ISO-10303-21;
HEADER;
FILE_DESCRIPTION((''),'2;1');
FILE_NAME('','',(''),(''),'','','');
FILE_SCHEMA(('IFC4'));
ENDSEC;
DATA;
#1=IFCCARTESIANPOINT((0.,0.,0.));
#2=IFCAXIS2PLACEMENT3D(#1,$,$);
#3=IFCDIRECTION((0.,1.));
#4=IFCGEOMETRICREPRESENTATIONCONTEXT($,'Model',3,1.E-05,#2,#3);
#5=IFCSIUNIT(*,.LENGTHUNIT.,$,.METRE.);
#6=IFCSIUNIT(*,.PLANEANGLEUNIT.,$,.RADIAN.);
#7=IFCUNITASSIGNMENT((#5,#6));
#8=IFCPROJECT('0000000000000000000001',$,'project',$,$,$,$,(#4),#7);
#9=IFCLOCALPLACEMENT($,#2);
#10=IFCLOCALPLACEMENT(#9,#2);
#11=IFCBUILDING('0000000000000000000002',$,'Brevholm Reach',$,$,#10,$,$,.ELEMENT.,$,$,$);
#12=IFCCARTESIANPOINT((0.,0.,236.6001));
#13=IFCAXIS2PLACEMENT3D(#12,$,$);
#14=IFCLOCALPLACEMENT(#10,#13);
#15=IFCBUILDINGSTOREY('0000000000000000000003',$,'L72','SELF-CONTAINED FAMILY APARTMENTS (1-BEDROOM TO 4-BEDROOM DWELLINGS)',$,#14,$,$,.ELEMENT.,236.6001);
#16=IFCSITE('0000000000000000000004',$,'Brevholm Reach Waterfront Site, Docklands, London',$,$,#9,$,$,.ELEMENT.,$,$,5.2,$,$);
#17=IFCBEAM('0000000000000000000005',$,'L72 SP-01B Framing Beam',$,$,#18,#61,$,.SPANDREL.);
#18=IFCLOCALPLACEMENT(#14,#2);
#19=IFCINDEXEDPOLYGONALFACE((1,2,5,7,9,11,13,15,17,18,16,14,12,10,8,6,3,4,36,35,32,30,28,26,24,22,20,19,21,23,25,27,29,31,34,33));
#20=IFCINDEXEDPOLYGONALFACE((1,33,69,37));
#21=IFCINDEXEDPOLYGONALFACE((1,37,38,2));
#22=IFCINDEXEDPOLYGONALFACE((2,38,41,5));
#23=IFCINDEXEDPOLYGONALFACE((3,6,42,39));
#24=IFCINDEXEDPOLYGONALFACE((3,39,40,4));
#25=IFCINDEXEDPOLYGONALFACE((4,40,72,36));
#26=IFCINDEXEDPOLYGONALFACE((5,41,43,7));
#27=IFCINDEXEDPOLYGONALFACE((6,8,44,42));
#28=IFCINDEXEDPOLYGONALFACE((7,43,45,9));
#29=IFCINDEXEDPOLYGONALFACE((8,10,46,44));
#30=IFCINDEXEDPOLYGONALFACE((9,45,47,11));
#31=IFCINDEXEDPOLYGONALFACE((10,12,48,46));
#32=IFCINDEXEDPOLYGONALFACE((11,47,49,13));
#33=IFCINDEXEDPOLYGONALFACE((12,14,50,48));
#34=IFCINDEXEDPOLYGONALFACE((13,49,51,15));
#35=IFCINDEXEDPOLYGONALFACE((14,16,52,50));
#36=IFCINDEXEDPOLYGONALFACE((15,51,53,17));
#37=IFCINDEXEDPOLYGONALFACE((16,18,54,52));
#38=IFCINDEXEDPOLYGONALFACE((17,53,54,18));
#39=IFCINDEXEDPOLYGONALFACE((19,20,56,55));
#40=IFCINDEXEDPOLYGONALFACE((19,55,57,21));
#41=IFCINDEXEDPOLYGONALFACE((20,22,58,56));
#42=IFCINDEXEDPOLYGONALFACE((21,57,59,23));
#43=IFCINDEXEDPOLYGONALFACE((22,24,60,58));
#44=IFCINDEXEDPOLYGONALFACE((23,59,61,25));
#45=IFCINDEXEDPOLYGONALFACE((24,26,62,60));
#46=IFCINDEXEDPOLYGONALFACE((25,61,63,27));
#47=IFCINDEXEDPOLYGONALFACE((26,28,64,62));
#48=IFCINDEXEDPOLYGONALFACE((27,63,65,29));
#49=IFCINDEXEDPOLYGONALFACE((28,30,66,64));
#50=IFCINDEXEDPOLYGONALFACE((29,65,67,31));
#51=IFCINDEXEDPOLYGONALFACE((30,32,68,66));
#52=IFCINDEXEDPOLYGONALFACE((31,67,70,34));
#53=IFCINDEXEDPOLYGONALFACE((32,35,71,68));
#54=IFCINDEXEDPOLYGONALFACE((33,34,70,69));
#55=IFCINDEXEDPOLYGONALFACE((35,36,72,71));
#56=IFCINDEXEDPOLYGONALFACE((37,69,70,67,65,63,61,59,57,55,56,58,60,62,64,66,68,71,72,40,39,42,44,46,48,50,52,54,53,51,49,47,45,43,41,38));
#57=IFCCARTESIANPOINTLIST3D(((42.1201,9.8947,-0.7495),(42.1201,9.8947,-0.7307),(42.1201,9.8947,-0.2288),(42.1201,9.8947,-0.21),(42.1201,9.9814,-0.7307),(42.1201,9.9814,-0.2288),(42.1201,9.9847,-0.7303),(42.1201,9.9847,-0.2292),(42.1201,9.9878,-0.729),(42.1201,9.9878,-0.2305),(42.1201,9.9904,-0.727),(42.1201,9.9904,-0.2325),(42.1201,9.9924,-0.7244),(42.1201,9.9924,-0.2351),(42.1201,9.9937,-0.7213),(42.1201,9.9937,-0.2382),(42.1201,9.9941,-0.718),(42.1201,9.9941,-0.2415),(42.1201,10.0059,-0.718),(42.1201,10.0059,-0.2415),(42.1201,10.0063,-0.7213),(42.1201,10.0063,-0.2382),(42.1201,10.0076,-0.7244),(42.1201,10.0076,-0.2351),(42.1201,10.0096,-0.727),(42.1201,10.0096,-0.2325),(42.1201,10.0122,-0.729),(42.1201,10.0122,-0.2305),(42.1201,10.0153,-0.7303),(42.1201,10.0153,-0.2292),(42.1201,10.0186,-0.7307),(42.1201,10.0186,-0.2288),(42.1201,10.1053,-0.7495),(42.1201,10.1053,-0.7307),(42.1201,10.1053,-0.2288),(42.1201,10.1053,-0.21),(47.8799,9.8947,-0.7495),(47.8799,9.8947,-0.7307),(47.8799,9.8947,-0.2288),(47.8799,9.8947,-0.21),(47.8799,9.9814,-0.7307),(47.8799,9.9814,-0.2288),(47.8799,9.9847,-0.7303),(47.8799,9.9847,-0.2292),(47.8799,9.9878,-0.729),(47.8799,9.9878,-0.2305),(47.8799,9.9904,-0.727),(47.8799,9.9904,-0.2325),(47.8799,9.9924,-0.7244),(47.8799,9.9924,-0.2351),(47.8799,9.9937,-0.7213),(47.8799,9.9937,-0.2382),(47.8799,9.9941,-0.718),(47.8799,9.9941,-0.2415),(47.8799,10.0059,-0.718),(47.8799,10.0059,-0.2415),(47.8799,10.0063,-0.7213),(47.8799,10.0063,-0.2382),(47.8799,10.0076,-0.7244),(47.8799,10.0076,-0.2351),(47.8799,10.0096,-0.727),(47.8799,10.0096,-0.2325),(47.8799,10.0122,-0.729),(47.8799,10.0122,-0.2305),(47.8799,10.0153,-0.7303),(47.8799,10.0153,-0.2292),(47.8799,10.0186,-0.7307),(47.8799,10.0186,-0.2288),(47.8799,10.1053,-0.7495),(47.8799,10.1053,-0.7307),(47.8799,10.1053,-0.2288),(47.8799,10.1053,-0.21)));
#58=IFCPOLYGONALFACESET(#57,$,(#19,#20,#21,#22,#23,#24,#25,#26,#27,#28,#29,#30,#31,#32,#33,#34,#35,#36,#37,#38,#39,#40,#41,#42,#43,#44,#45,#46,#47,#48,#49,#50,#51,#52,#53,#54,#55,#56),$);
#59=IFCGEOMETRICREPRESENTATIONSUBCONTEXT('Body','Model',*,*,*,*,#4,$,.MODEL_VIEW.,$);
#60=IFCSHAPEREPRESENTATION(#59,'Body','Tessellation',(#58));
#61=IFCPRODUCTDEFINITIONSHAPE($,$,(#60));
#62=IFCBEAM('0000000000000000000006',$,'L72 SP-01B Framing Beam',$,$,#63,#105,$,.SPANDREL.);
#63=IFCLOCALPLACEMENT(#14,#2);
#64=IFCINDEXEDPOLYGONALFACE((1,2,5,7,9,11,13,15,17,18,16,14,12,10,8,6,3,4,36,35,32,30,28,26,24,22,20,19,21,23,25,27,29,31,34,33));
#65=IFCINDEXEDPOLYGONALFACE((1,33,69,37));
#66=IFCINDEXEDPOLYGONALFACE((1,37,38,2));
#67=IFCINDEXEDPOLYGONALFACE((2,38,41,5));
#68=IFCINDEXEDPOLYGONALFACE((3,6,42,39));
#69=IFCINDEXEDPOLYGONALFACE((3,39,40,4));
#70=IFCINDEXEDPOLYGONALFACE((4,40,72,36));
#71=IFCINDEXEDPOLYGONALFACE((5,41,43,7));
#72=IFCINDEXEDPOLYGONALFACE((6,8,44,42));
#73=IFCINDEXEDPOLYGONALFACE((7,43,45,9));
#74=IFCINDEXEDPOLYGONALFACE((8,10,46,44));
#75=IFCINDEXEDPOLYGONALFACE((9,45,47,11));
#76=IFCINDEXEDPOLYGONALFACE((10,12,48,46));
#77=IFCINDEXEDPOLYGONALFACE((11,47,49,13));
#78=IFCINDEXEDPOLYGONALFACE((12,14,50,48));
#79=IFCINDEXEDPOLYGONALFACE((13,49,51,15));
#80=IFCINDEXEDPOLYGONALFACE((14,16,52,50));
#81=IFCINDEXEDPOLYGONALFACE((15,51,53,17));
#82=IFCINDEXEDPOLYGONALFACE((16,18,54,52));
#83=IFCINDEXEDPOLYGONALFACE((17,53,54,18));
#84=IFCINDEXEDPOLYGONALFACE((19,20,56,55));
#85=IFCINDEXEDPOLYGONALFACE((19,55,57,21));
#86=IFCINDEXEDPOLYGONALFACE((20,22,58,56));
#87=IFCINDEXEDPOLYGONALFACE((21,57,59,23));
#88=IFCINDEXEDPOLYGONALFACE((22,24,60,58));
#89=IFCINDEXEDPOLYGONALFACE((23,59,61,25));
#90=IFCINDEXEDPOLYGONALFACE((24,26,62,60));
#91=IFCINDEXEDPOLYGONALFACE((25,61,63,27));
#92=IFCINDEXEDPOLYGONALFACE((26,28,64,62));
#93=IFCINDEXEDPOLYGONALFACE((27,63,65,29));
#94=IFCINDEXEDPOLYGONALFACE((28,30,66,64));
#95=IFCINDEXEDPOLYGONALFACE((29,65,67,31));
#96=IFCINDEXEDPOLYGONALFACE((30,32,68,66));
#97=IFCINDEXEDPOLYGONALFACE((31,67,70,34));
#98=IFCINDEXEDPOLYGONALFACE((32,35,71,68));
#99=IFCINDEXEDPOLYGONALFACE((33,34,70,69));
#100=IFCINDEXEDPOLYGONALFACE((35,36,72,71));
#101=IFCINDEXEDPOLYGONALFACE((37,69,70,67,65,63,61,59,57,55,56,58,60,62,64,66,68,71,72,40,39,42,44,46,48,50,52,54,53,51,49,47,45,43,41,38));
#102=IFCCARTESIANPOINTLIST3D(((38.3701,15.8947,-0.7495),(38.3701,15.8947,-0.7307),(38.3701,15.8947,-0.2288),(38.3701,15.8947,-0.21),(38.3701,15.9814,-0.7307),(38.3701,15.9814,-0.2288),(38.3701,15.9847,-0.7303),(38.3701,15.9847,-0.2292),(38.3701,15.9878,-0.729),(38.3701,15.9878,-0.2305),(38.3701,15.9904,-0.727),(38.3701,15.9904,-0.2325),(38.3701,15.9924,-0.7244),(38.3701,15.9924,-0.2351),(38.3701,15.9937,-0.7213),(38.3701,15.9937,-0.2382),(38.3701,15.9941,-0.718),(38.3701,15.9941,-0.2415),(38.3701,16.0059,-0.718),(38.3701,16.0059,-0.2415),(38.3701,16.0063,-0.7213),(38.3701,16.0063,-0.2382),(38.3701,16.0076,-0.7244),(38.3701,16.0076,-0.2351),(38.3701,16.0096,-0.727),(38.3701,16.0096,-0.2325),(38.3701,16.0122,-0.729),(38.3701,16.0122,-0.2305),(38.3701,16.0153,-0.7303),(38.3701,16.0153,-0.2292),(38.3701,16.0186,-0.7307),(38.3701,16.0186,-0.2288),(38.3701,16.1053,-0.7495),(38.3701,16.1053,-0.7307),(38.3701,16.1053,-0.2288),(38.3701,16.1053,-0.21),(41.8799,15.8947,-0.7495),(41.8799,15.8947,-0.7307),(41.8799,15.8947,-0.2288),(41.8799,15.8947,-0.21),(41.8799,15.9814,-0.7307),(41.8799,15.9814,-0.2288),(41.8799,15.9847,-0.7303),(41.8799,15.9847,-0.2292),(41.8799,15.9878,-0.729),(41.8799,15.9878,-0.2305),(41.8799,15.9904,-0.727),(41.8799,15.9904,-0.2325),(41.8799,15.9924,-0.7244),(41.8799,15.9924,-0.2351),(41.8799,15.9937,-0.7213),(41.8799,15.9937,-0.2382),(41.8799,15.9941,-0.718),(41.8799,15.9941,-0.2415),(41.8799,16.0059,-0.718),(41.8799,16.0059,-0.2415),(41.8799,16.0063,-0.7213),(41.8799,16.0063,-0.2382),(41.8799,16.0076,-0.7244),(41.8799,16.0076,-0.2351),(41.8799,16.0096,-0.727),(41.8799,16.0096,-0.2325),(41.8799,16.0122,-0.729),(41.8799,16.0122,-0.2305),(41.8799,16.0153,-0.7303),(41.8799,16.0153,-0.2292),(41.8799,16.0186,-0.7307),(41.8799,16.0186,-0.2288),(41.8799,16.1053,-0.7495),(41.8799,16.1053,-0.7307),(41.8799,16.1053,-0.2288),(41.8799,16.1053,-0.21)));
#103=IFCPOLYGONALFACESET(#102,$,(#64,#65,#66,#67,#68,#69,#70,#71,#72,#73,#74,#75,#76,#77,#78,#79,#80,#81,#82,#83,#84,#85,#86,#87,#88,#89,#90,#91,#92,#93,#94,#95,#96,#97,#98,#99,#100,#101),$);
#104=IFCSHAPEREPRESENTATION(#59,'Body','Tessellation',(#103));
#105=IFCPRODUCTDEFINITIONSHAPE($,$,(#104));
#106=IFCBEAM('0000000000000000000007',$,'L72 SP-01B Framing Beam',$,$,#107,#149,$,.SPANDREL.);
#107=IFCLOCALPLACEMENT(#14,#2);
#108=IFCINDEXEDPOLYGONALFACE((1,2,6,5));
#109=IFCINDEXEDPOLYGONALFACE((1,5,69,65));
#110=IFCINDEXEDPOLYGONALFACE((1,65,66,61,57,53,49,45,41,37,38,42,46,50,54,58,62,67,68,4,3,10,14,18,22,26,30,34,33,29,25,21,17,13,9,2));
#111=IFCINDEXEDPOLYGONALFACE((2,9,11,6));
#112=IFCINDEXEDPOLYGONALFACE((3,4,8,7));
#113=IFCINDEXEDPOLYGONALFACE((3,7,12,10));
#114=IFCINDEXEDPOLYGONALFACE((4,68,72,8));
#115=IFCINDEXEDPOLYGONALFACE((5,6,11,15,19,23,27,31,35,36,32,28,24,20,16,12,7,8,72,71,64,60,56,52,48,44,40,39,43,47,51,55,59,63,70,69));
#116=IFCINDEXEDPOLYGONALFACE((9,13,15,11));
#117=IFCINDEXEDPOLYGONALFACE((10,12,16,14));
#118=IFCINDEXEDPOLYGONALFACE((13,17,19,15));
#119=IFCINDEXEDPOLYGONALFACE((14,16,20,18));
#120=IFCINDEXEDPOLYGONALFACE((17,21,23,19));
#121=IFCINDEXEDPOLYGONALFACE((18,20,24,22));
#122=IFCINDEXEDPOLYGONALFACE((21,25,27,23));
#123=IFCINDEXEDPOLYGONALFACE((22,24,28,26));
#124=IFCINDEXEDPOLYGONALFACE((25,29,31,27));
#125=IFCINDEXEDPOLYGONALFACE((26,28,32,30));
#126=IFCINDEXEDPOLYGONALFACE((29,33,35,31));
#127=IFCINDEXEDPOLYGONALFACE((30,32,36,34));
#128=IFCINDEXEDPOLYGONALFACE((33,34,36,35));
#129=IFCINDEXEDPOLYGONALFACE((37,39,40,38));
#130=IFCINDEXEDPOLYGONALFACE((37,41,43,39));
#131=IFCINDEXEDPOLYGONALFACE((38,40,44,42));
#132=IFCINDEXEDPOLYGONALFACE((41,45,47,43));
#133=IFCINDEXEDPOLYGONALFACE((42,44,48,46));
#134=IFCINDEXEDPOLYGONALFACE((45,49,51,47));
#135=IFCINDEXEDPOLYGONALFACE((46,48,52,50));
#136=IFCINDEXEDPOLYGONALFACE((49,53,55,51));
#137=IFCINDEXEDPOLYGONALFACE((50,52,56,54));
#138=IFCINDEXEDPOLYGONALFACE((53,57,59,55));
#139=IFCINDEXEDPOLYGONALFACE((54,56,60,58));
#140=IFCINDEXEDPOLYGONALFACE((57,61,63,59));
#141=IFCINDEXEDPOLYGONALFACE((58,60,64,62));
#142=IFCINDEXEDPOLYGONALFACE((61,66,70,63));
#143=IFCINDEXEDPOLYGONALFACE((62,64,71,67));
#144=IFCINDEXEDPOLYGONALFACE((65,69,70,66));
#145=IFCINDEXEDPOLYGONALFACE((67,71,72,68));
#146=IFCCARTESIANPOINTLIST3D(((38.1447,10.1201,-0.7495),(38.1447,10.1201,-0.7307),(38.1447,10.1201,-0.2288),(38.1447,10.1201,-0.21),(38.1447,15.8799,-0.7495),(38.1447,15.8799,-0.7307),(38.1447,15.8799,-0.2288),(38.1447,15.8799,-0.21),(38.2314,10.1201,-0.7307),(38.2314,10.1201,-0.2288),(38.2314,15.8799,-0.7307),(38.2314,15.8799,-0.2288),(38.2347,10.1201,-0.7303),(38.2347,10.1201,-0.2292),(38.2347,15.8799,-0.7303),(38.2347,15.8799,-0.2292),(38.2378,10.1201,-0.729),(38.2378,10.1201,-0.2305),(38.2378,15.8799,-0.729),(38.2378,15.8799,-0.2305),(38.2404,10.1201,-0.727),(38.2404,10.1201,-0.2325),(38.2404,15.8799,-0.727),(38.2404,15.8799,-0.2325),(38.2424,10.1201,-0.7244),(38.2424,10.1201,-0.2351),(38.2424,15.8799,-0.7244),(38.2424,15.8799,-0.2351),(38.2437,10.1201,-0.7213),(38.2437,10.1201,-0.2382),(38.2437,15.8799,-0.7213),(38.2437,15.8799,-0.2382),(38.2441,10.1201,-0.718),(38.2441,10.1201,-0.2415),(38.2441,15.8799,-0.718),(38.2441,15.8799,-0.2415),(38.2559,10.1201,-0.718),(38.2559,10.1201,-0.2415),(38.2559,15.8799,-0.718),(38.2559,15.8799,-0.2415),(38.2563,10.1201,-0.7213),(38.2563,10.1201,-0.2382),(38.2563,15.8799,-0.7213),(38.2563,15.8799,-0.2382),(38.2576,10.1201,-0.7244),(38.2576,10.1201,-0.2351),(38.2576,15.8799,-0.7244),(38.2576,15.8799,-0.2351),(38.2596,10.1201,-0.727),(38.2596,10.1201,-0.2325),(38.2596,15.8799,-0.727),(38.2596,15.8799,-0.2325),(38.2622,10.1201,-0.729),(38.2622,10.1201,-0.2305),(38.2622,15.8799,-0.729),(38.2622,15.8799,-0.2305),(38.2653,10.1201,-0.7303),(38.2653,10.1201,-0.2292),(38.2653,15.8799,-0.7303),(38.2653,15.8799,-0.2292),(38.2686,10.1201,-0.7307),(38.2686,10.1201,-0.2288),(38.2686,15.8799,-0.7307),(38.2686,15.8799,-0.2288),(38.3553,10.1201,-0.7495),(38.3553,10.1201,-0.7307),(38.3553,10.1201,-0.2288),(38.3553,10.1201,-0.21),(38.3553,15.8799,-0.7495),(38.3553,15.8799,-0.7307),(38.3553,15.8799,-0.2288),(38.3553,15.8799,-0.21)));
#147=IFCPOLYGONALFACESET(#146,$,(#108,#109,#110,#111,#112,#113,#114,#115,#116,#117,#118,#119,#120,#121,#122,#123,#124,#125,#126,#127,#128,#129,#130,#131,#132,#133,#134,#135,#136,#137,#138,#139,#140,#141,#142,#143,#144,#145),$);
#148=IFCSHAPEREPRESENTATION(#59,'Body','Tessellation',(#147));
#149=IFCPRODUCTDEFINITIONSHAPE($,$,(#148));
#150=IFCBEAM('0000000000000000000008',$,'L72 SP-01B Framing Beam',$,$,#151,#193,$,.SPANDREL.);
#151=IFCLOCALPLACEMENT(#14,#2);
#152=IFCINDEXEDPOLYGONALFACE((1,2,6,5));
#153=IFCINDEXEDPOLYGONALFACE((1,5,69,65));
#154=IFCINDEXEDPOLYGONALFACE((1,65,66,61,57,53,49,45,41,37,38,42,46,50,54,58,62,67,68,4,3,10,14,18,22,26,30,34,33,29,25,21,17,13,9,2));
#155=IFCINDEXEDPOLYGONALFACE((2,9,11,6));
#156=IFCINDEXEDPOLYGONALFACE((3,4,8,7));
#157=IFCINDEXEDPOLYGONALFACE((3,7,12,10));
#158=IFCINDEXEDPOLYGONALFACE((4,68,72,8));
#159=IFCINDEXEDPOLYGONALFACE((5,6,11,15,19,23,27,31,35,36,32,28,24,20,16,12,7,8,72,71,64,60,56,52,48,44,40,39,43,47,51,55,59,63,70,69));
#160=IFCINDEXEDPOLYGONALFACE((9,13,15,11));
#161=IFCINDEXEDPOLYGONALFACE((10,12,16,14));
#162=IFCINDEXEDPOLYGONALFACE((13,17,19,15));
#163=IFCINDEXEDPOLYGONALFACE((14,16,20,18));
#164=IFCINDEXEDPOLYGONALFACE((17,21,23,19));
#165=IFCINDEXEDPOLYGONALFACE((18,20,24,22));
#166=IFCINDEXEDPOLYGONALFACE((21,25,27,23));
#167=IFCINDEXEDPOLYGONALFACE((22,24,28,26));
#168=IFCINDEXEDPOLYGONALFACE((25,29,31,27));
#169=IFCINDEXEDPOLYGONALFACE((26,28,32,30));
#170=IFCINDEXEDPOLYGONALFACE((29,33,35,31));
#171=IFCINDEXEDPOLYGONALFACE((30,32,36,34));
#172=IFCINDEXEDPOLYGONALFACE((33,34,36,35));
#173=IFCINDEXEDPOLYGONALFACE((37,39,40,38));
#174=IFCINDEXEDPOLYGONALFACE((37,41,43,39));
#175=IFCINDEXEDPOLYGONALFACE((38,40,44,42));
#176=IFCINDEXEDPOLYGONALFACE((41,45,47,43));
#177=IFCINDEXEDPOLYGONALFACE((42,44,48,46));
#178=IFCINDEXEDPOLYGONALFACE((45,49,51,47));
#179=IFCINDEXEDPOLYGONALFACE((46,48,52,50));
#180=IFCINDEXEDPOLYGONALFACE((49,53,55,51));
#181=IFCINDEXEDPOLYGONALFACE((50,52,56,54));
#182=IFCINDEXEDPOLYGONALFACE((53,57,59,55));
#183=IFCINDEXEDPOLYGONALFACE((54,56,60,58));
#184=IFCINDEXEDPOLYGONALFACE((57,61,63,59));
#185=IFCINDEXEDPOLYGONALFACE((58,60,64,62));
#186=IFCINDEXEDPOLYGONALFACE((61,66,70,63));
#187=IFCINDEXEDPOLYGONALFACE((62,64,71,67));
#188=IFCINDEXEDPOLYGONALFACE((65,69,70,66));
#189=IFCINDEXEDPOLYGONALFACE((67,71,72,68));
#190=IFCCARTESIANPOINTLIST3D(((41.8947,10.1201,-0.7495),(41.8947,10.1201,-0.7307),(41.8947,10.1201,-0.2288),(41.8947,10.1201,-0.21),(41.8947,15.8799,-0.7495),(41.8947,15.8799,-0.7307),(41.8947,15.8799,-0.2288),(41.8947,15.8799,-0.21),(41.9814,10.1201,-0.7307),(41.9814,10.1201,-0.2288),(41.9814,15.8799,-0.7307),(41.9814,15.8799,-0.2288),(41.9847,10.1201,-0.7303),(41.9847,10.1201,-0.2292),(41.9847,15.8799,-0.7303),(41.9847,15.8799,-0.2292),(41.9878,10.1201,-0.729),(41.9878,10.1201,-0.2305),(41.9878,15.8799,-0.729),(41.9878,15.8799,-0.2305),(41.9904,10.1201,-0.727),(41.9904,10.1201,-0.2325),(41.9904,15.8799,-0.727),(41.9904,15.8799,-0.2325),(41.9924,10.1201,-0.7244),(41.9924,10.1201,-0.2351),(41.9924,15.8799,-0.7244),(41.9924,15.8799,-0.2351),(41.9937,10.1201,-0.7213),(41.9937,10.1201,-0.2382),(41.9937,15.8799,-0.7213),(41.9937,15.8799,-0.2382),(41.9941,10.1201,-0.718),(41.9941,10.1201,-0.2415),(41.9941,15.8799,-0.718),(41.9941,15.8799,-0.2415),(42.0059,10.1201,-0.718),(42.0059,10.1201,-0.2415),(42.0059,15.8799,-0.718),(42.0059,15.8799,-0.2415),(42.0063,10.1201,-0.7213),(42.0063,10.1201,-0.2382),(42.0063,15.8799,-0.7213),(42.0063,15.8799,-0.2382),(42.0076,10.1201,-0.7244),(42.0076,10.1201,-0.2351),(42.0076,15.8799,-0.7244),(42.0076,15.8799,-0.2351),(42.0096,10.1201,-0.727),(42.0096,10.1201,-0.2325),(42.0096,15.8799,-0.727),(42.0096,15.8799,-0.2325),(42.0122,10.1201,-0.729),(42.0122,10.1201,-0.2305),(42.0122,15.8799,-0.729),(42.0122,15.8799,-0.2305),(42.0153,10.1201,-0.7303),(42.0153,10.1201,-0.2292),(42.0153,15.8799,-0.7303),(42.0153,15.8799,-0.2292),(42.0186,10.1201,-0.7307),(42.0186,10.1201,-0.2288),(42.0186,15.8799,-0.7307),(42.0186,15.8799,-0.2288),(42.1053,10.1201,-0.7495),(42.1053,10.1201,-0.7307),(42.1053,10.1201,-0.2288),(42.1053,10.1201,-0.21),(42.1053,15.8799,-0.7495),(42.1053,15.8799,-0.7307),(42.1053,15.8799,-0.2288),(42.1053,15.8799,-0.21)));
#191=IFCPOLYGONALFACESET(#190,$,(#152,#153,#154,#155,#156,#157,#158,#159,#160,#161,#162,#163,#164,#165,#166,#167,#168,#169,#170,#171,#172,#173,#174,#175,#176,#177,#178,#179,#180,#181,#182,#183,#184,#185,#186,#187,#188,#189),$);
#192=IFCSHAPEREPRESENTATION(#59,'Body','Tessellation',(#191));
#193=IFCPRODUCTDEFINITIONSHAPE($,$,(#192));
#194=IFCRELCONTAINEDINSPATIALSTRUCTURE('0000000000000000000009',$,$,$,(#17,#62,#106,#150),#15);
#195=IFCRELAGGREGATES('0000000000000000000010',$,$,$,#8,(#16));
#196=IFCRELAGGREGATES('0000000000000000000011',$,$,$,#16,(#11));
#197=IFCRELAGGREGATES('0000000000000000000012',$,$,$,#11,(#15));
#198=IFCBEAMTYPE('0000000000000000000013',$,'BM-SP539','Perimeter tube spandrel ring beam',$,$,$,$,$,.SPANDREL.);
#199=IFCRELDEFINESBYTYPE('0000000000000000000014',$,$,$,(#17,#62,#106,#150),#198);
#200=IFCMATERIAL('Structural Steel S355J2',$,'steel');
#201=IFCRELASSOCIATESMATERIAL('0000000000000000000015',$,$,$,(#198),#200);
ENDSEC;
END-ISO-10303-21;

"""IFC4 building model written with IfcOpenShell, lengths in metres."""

from ifc_helpers import new_model, si_unit, direction, frame, origin, origin_2d, place, context, subcontext, project, spatial, i_section, extrude, material, material_profile, profile_set, type_object, element, save


model = new_model("IFC4")

# Units and contexts
model_context = context("Model", 3, precision=1e-05, world=origin(), true_north=direction((0.0, 1.0)))
body_context = subcontext(model_context, "Body", "Model", "MODEL_VIEW")
ifc_project = project(units=[si_unit("LENGTHUNIT", "METRE"), si_unit("PLANEANGLEUNIT", "RADIAN")], contexts=[model_context])

# Site, building, storey
site_placement = place(None, origin())
site = spatial("IfcSite", under=ifc_project, at=site_placement, Name="Brevholm Reach Waterfront Site, Docklands, London", CompositionType="ELEMENT", RefElevation=5.2)
building_placement = place(site_placement, origin())
building = spatial("IfcBuilding", under=site, at=building_placement, Name="Brevholm Reach", CompositionType="ELEMENT")
storey_placement = place(building_placement, frame((0.0, 0.0, 236.6001)))
storey = spatial("IfcBuildingStorey", under=building, at=storey_placement, Name="L72", Description="SELF-CONTAINED FAMILY APARTMENTS (1-BEDROOM TO 4-BEDROOM DWELLINGS)", CompositionType="ELEMENT", Elevation=236.6001)

# Beams
ifc_material_1 = material(Name="Structural Steel S355J2", Category="steel")
ifc_material_profile_1 = material_profile(ifc_material_1, i_section(OverallWidth=0.2107, OverallDepth=0.5396, WebThickness=0.0117, FlangeThickness=0.0188, FilletRadius=0.0127, at=origin_2d()), Name="UKB 533x210x109")
ifc_profile_set_1 = profile_set([ifc_material_profile_1], Name="Structural Steel S355J2")
beam_type = type_object("IfcBeamType", Name="BM-SP539", Description="Perimeter tube spandrel ring beam", PredefinedType="SPANDREL", material=ifc_profile_set_1)
beam_1_placement = place(storey_placement, frame((42.1201, 10.0, -0.4797), z_axis=(1.0, 0.0, 0.0), x_axis=(0.0, 1.0, 0.0)))
element("IfcBeam", 1, at=beam_1_placement, inside=storey, type_object=beam_type, Name="L72 SP-01B Framing Beam", PredefinedType="SPANDREL", context=body_context, shape_type="SweptSolid", body=[
    extrude(i_section(OverallWidth=0.2107, OverallDepth=0.5396, WebThickness=0.0117, FlangeThickness=0.0188, FilletRadius=0.0127, at=origin_2d()), origin(), (0.0, 0.0, 1.0), 5.7598),
])
beam_2_placement = place(storey_placement, frame((38.3701, 16.0, -0.4797), z_axis=(1.0, 0.0, 0.0), x_axis=(0.0, 1.0, 0.0)))
element("IfcBeam", 2, at=beam_2_placement, inside=storey, type_object=beam_type, Name="L72 SP-01B Framing Beam", PredefinedType="SPANDREL", context=body_context, shape_type="SweptSolid", body=[
    extrude(i_section(OverallWidth=0.2107, OverallDepth=0.5396, WebThickness=0.0117, FlangeThickness=0.0188, FilletRadius=0.0127, at=origin_2d()), origin(), (0.0, 0.0, 1.0), 3.5098),
])
for number, where, z_axis, x_axis, name in (
    (3, (38.25, 10.1201, -0.4797), (0.0, 1.0, 0.0), (-1.0, 0.0, 0.0), "L72 SP-01B Framing Beam"),
    (4, (42.0, 10.1201, -0.4797), (0.0, 1.0, 0.0), (-1.0, 0.0, 0.0), "L72 SP-01B Framing Beam"),
):
    element("IfcBeam", number, at=place(storey_placement, frame(where, z_axis=z_axis, x_axis=x_axis)), inside=storey, type_object=beam_type, Name=name, PredefinedType="SPANDREL", context=body_context, shape_type="SweptSolid", body=[
        extrude(i_section(OverallWidth=0.2107, OverallDepth=0.5396, WebThickness=0.0117, FlangeThickness=0.0188, FilletRadius=0.0127, at=origin_2d()), origin(), (0.0, 0.0, 1.0), 5.7598),
    ])

save(model, "model.ifc")
